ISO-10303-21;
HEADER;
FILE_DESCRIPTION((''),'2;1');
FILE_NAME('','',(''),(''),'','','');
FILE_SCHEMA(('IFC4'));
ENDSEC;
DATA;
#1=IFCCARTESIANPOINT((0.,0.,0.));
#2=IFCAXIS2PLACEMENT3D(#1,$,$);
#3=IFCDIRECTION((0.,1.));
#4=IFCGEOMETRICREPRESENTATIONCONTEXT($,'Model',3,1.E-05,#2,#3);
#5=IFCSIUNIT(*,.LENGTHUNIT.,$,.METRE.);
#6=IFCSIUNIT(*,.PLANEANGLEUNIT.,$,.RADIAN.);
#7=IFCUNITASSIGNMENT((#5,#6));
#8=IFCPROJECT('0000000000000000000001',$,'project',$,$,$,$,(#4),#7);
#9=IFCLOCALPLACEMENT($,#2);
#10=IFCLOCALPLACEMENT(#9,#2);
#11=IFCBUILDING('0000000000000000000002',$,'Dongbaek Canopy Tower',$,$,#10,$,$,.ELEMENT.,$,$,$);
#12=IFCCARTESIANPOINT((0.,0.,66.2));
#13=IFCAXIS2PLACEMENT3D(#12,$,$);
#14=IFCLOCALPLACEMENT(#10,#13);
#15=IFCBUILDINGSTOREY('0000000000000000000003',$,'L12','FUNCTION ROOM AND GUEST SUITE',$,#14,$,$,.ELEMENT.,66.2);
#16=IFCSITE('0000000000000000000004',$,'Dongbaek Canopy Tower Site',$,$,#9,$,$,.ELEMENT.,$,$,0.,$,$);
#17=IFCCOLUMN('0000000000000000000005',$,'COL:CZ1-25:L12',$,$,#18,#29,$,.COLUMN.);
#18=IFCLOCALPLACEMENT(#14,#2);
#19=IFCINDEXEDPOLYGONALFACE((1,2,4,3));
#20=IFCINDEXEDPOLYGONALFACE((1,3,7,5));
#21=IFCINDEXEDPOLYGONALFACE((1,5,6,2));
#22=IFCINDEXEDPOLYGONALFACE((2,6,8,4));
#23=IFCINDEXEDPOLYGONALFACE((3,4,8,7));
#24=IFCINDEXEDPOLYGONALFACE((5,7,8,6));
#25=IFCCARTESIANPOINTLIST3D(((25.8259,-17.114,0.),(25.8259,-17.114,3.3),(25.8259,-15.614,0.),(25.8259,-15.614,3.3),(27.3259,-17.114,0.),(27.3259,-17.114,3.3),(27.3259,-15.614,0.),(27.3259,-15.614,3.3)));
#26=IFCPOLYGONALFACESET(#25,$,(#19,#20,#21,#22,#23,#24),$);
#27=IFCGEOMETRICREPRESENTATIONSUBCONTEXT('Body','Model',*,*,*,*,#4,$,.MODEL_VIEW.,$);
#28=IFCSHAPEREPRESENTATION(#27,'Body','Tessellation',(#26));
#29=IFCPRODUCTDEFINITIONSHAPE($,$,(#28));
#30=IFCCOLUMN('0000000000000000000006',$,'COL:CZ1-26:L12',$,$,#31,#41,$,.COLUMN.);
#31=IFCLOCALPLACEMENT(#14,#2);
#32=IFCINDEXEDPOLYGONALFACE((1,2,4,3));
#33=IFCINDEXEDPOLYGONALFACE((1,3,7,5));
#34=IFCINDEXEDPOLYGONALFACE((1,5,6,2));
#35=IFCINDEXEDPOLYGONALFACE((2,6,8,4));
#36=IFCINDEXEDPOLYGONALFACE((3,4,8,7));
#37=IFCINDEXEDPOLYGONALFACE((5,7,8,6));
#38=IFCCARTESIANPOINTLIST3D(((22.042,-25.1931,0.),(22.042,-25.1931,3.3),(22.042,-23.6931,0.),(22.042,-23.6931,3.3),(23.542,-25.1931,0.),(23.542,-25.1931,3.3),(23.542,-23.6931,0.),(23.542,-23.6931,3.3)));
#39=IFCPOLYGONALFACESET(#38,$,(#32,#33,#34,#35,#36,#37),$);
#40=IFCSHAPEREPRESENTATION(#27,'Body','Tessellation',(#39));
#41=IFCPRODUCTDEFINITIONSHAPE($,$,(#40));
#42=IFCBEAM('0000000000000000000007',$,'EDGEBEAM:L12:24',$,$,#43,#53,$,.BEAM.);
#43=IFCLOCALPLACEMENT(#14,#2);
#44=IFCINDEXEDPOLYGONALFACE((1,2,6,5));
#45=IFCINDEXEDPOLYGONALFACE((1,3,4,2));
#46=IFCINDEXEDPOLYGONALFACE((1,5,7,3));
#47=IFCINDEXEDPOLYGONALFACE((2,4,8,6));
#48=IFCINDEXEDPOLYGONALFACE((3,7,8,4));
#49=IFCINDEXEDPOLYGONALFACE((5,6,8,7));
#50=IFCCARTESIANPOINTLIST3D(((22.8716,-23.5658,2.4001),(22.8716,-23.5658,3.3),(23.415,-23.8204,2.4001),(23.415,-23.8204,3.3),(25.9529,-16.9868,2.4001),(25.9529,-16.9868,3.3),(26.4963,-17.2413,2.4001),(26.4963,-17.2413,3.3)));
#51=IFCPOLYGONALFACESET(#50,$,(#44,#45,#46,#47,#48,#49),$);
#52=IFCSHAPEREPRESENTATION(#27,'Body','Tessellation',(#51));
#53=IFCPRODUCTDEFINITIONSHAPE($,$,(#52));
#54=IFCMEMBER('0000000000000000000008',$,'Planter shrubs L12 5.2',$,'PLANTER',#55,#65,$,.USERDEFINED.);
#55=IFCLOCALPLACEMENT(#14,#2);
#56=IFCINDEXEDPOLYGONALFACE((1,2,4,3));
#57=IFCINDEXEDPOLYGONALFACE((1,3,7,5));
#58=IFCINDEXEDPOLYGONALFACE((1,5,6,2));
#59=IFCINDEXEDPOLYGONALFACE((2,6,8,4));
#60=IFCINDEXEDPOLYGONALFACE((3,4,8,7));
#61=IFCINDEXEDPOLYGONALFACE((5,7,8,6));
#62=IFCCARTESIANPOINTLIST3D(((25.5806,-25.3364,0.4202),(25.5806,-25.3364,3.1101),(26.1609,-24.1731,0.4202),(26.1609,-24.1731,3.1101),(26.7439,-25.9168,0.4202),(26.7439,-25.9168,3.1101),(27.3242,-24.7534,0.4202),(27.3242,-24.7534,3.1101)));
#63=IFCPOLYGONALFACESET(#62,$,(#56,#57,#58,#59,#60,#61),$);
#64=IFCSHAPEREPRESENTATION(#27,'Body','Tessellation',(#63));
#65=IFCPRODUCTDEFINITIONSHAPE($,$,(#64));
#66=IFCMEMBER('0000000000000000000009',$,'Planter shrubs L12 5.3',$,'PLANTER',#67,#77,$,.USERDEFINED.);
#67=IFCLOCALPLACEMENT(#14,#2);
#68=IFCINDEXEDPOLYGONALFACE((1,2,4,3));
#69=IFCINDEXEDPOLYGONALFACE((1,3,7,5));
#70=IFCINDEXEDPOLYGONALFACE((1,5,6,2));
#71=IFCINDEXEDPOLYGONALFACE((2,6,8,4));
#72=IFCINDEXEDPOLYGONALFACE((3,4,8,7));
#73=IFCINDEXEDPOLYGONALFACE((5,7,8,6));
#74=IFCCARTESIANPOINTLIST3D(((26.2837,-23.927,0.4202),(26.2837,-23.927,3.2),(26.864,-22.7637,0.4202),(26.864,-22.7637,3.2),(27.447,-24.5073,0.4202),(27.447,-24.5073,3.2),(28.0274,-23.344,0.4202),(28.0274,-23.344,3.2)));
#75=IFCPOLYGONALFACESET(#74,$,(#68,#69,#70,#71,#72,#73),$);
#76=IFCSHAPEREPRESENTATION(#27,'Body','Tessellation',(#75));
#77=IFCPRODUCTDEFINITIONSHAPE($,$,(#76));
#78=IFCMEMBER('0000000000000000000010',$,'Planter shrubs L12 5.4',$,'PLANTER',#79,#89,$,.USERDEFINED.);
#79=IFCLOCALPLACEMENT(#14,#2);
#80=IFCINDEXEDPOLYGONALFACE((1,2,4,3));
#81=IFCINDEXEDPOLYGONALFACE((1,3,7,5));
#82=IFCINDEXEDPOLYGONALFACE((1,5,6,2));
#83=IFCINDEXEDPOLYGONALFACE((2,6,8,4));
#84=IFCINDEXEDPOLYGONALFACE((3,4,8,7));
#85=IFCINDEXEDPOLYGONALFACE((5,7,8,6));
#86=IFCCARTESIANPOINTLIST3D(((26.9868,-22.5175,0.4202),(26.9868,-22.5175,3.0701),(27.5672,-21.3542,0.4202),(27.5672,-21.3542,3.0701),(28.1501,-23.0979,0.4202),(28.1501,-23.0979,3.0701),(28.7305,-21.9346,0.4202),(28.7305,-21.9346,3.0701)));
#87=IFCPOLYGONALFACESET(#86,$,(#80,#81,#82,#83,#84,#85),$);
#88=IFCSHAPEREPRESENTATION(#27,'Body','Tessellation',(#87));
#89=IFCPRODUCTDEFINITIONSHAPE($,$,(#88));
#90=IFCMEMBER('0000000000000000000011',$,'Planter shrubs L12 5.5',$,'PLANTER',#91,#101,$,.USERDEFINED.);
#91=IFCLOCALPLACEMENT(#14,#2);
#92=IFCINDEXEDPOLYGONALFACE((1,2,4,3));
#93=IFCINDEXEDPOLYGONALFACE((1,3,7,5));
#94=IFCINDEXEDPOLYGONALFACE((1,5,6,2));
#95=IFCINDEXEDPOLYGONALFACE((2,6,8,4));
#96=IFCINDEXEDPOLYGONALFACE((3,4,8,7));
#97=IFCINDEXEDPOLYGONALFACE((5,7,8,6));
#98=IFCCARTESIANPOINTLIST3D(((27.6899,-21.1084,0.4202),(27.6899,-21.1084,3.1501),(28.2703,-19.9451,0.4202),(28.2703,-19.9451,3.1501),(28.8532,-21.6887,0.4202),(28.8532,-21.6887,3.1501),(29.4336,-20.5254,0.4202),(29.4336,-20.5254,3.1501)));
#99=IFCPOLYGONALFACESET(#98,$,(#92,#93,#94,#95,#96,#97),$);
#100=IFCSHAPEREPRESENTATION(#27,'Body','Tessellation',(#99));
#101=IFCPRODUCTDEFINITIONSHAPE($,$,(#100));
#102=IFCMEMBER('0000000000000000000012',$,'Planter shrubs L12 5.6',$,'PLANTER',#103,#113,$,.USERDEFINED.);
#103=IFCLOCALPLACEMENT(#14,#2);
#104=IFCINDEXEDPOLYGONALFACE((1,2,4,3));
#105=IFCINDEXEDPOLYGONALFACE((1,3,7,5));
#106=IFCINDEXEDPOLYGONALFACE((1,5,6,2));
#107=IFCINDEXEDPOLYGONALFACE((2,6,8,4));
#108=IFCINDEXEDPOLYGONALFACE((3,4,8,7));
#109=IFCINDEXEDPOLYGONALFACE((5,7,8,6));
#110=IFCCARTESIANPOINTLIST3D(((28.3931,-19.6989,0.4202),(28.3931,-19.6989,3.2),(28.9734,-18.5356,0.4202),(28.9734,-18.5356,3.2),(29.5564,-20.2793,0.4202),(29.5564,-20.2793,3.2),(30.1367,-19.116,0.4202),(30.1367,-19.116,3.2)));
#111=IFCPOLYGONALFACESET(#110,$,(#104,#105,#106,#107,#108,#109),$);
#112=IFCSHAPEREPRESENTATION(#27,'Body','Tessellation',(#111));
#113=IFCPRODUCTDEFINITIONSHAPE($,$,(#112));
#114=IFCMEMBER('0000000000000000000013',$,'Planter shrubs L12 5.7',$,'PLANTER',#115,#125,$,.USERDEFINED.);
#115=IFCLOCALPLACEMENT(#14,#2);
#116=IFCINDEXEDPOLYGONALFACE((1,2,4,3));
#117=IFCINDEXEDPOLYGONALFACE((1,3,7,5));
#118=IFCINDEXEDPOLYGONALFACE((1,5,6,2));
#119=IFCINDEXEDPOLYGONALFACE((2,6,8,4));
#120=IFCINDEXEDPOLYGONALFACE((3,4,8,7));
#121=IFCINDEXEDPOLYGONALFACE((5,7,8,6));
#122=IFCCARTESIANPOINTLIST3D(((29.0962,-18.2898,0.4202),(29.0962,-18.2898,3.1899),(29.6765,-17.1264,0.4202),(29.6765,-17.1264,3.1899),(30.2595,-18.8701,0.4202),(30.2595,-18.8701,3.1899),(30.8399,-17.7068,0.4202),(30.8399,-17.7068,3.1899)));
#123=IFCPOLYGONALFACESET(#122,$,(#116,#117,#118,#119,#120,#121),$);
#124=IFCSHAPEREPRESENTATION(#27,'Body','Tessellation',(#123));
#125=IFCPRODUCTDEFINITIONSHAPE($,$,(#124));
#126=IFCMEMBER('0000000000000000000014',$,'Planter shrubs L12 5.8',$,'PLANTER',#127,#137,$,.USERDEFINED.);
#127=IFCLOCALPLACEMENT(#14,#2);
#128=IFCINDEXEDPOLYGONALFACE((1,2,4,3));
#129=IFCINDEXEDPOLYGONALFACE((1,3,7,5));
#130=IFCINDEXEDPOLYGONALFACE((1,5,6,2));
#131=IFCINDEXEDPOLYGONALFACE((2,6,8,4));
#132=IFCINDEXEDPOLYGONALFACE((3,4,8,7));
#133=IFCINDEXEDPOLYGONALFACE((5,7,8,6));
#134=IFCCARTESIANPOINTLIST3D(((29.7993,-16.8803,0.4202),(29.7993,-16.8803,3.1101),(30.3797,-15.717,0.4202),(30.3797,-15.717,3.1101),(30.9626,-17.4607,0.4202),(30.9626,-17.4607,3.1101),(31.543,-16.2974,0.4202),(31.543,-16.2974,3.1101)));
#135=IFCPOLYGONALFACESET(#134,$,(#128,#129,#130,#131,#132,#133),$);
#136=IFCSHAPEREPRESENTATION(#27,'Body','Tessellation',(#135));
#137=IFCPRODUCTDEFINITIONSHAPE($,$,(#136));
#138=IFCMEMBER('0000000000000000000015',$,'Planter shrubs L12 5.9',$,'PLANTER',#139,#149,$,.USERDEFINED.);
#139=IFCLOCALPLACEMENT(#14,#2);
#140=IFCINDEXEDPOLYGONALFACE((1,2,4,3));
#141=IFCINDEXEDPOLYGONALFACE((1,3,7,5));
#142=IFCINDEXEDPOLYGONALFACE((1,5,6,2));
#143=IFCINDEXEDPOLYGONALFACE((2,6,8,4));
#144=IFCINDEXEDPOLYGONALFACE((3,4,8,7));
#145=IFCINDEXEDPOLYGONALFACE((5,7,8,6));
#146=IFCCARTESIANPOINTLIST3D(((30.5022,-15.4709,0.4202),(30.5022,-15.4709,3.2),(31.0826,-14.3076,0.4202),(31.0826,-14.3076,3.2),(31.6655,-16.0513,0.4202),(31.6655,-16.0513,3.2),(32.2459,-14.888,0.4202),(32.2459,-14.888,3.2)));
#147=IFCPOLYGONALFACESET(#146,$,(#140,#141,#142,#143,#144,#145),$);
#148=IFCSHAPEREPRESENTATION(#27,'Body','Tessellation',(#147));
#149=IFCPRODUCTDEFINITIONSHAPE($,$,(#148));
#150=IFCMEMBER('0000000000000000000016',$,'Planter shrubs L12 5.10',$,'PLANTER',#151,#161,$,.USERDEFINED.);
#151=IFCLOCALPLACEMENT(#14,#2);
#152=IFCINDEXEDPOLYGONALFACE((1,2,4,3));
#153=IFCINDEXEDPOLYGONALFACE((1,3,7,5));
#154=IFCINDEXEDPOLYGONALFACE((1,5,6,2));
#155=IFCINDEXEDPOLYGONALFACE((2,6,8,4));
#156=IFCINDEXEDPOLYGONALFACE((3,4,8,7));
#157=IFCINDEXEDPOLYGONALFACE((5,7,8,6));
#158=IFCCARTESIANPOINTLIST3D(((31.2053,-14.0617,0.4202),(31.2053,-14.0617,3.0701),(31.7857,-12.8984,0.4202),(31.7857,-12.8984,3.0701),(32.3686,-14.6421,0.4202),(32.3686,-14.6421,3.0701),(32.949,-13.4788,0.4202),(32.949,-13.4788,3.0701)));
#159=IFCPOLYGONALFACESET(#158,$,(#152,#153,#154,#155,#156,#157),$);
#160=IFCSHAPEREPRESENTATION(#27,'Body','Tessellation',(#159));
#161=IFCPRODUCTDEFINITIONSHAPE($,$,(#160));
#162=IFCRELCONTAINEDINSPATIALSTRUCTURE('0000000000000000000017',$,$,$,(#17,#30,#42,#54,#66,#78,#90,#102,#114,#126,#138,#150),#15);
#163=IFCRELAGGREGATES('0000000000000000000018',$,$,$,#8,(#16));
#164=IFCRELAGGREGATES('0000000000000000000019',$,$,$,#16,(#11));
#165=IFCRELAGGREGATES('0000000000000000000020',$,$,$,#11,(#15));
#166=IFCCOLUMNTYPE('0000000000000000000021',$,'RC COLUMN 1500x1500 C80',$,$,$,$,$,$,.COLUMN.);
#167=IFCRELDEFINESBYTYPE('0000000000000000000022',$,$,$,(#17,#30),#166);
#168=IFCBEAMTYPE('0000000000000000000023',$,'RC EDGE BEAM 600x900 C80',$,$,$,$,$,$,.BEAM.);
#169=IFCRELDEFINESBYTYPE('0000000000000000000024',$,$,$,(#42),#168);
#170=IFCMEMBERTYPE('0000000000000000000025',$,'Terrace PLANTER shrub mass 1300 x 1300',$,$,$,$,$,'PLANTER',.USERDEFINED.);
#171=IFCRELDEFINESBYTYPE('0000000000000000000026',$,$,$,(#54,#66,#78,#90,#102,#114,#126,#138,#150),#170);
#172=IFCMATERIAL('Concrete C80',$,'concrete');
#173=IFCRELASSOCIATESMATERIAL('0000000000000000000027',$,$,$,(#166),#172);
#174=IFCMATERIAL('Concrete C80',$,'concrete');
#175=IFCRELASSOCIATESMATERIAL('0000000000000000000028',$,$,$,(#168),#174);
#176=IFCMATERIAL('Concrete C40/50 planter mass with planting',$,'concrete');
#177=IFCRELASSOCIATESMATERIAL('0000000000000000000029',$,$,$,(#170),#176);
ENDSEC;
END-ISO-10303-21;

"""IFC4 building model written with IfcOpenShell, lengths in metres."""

from ifc_helpers import new_model, si_unit, direction, frame, origin, origin_2d, place, context, subcontext, project, spatial, rectangle, extrude, material, material_profile, profile_set, type_object, element, save


model = new_model("IFC4")

# Units and contexts
model_context = context("Model", 3, precision=1e-05, world=origin(), true_north=direction((0.0, 1.0)))
body_context = subcontext(model_context, "Body", "Model", "MODEL_VIEW")
ifc_project = project(units=[si_unit("LENGTHUNIT", "METRE"), si_unit("PLANEANGLEUNIT", "RADIAN")], contexts=[model_context])

# Site, building, storey
site_placement = place(None, origin())
site = spatial("IfcSite", under=ifc_project, at=site_placement, Name="Dongbaek Canopy Tower Site", CompositionType="ELEMENT", RefElevation=0.0)
building_placement = place(site_placement, origin())
building = spatial("IfcBuilding", under=site, at=building_placement, Name="Dongbaek Canopy Tower", CompositionType="ELEMENT")
storey_placement = place(building_placement, frame((0.0, 0.0, 66.2)))
storey = spatial("IfcBuildingStorey", under=building, at=storey_placement, Name="L12", Description="FUNCTION ROOM AND GUEST SUITE", CompositionType="ELEMENT", Elevation=66.2)

# Columns
ifc_material_1 = material(Name="Concrete C80", Category="concrete")
ifc_material_profile_1 = material_profile(ifc_material_1, rectangle(XDim=1.5, YDim=1.5, at=origin_2d()), Name="RC COLUMN 1500x1500 C80")
ifc_profile_set_1 = profile_set([ifc_material_profile_1], Name="Concrete C80")
column_type = type_object("IfcColumnType", Name="RC COLUMN 1500x1500 C80", PredefinedType="COLUMN", material=ifc_profile_set_1)
for number, where, z_axis, x_axis, name in (
    (1, (26.5759, -16.364, 0.0), (0.0, 0.0, 1.0), (1.0, 0.0, 0.0), "COL:CZ1-25:L12"),
    (2, (22.792, -24.4431, 0.0), (0.0, 0.0, 1.0), (1.0, 0.0, 0.0), "COL:CZ1-26:L12"),
):
    element("IfcColumn", number, at=place(storey_placement, frame(where, z_axis=z_axis, x_axis=x_axis)), inside=storey, type_object=column_type, Name=name, PredefinedType="COLUMN", context=body_context, shape_type="SweptSolid", body=[
        extrude(rectangle(XDim=1.5, YDim=1.5, at=origin_2d()), origin(), (0.0, 0.0, 1.0), 3.3),
    ])

# Beam
ifc_material_2 = material(Name="Concrete C80", Category="concrete")
ifc_material_profile_2 = material_profile(ifc_material_2, rectangle(XDim=0.6001, YDim=0.8999, at=origin_2d()), Name="RC EDGE BEAM 600x900 C80")
ifc_profile_set_2 = profile_set([ifc_material_profile_2], Name="Concrete C80")
beam_type = type_object("IfcBeamType", Name="RC EDGE BEAM 600x900 C80", PredefinedType="BEAM", material=ifc_profile_set_2)
beam_placement = place(storey_placement, frame((26.2246, -17.114, 2.8501), z_axis=(-0.424134, -0.905599, 0.0), x_axis=(0.905599, -0.424134, 0.0)))
element("IfcBeam", 3, at=beam_placement, inside=storey, type_object=beam_type, Name="EDGEBEAM:L12:24", PredefinedType="BEAM", context=body_context, shape_type="SweptSolid", body=[
    extrude(rectangle(XDim=0.6001, YDim=0.8999, at=origin_2d()), origin(), (0.0, 0.0, 1.0), 7.2649),
])

# Members
ifc_material_3 = material(Name="Concrete C40/50 planter mass with planting", Category="concrete")
ifc_material_profile_3 = material_profile(ifc_material_3, rectangle(XDim=1.3, YDim=1.3, at=origin_2d()), Name="Terrace PLANTER shrub mass 1300 x 1300")
ifc_profile_set_3 = profile_set([ifc_material_profile_3], Name="Concrete C40/50 planter mass with planting")
member_type = type_object("IfcMemberType", Name="Terrace PLANTER shrub mass 1300 x 1300", ElementType="PLANTER", PredefinedType="USERDEFINED", material=ifc_profile_set_3)
member_1_placement = place(storey_placement, frame((26.4524, -25.0449, 0.4202), z_axis=(0.0, 0.0, 1.0), x_axis=(0.894823, -0.44642, 0.0)))
element("IfcMember", 4, at=member_1_placement, inside=storey, type_object=member_type, Name="Planter shrubs L12 5.2", ObjectType="PLANTER", PredefinedType="USERDEFINED", context=body_context, shape_type="SweptSolid", body=[
    extrude(rectangle(XDim=1.3, YDim=1.3, at=origin_2d()), origin(), (0.0, 0.0, 1.0), 2.6899),
])
member_2_placement = place(storey_placement, frame((27.1555, -23.6355, 0.4202), z_axis=(0.0, 0.0, 1.0), x_axis=(0.894823, -0.44642, 0.0)))
element("IfcMember", 5, at=member_2_placement, inside=storey, type_object=member_type, Name="Planter shrubs L12 5.3", ObjectType="PLANTER", PredefinedType="USERDEFINED", context=body_context, shape_type="SweptSolid", body=[
    extrude(rectangle(XDim=1.3, YDim=1.3, at=origin_2d()), origin(), (0.0, 0.0, 1.0), 2.7798),
])
member_3_placement = place(storey_placement, frame((27.8586, -22.2261, 0.4202), z_axis=(0.0, 0.0, 1.0), x_axis=(0.894823, -0.44642, 0.0)))
element("IfcMember", 6, at=member_3_placement, inside=storey, type_object=member_type, Name="Planter shrubs L12 5.4", ObjectType="PLANTER", PredefinedType="USERDEFINED", context=body_context, shape_type="SweptSolid", body=[
    extrude(rectangle(XDim=1.3, YDim=1.3, at=origin_2d()), origin(), (0.0, 0.0, 1.0), 2.6499),
])
member_4_placement = place(storey_placement, frame((28.5618, -20.8169, 0.4202), z_axis=(0.0, 0.0, 1.0), x_axis=(0.894823, -0.44642, 0.0)))
element("IfcMember", 7, at=member_4_placement, inside=storey, type_object=member_type, Name="Planter shrubs L12 5.5", ObjectType="PLANTER", PredefinedType="USERDEFINED", context=body_context, shape_type="SweptSolid", body=[
    extrude(rectangle(XDim=1.3, YDim=1.3, at=origin_2d()), origin(), (0.0, 0.0, 1.0), 2.73),
])
member_5_placement = place(storey_placement, frame((29.2649, -19.4075, 0.4202), z_axis=(0.0, 0.0, 1.0), x_axis=(0.894823, -0.44642, 0.0)))
element("IfcMember", 8, at=member_5_placement, inside=storey, type_object=member_type, Name="Planter shrubs L12 5.6", ObjectType="PLANTER", PredefinedType="USERDEFINED", context=body_context, shape_type="SweptSolid", body=[
    extrude(rectangle(XDim=1.3, YDim=1.3, at=origin_2d()), origin(), (0.0, 0.0, 1.0), 2.7798),
])
member_6_placement = place(storey_placement, frame((29.968, -17.9983, 0.4202), z_axis=(0.0, 0.0, 1.0), x_axis=(0.894823, -0.44642, 0.0)))
element("IfcMember", 9, at=member_6_placement, inside=storey, type_object=member_type, Name="Planter shrubs L12 5.7", ObjectType="PLANTER", PredefinedType="USERDEFINED", context=body_context, shape_type="SweptSolid", body=[
    extrude(rectangle(XDim=1.3, YDim=1.3, at=origin_2d()), origin(), (0.0, 0.0, 1.0), 2.7698),
])
member_7_placement = place(storey_placement, frame((30.6711, -16.5889, 0.4202), z_axis=(0.0, 0.0, 1.0), x_axis=(0.894823, -0.44642, 0.0)))
element("IfcMember", 10, at=member_7_placement, inside=storey, type_object=member_type, Name="Planter shrubs L12 5.8", ObjectType="PLANTER", PredefinedType="USERDEFINED", context=body_context, shape_type="SweptSolid", body=[
    extrude(rectangle(XDim=1.3, YDim=1.3, at=origin_2d()), origin(), (0.0, 0.0, 1.0), 2.6899),
])
member_8_placement = place(storey_placement, frame((31.374, -15.1794, 0.4202), z_axis=(0.0, 0.0, 1.0), x_axis=(0.894823, -0.44642, 0.0)))
element("IfcMember", 11, at=member_8_placement, inside=storey, type_object=member_type, Name="Planter shrubs L12 5.9", ObjectType="PLANTER", PredefinedType="USERDEFINED", context=body_context, shape_type="SweptSolid", body=[
    extrude(rectangle(XDim=1.3, YDim=1.3, at=origin_2d()), origin(), (0.0, 0.0, 1.0), 2.7798),
])
member_9_placement = place(storey_placement, frame((32.0771, -13.7703, 0.4202), z_axis=(0.0, 0.0, 1.0), x_axis=(0.894823, -0.44642, 0.0)))
element("IfcMember", 12, at=member_9_placement, inside=storey, type_object=member_type, Name="Planter shrubs L12 5.10", ObjectType="PLANTER", PredefinedType="USERDEFINED", context=body_context, shape_type="SweptSolid", body=[
    extrude(rectangle(XDim=1.3, YDim=1.3, at=origin_2d()), origin(), (0.0, 0.0, 1.0), 2.6499),
])

save(model, "model.ifc")
